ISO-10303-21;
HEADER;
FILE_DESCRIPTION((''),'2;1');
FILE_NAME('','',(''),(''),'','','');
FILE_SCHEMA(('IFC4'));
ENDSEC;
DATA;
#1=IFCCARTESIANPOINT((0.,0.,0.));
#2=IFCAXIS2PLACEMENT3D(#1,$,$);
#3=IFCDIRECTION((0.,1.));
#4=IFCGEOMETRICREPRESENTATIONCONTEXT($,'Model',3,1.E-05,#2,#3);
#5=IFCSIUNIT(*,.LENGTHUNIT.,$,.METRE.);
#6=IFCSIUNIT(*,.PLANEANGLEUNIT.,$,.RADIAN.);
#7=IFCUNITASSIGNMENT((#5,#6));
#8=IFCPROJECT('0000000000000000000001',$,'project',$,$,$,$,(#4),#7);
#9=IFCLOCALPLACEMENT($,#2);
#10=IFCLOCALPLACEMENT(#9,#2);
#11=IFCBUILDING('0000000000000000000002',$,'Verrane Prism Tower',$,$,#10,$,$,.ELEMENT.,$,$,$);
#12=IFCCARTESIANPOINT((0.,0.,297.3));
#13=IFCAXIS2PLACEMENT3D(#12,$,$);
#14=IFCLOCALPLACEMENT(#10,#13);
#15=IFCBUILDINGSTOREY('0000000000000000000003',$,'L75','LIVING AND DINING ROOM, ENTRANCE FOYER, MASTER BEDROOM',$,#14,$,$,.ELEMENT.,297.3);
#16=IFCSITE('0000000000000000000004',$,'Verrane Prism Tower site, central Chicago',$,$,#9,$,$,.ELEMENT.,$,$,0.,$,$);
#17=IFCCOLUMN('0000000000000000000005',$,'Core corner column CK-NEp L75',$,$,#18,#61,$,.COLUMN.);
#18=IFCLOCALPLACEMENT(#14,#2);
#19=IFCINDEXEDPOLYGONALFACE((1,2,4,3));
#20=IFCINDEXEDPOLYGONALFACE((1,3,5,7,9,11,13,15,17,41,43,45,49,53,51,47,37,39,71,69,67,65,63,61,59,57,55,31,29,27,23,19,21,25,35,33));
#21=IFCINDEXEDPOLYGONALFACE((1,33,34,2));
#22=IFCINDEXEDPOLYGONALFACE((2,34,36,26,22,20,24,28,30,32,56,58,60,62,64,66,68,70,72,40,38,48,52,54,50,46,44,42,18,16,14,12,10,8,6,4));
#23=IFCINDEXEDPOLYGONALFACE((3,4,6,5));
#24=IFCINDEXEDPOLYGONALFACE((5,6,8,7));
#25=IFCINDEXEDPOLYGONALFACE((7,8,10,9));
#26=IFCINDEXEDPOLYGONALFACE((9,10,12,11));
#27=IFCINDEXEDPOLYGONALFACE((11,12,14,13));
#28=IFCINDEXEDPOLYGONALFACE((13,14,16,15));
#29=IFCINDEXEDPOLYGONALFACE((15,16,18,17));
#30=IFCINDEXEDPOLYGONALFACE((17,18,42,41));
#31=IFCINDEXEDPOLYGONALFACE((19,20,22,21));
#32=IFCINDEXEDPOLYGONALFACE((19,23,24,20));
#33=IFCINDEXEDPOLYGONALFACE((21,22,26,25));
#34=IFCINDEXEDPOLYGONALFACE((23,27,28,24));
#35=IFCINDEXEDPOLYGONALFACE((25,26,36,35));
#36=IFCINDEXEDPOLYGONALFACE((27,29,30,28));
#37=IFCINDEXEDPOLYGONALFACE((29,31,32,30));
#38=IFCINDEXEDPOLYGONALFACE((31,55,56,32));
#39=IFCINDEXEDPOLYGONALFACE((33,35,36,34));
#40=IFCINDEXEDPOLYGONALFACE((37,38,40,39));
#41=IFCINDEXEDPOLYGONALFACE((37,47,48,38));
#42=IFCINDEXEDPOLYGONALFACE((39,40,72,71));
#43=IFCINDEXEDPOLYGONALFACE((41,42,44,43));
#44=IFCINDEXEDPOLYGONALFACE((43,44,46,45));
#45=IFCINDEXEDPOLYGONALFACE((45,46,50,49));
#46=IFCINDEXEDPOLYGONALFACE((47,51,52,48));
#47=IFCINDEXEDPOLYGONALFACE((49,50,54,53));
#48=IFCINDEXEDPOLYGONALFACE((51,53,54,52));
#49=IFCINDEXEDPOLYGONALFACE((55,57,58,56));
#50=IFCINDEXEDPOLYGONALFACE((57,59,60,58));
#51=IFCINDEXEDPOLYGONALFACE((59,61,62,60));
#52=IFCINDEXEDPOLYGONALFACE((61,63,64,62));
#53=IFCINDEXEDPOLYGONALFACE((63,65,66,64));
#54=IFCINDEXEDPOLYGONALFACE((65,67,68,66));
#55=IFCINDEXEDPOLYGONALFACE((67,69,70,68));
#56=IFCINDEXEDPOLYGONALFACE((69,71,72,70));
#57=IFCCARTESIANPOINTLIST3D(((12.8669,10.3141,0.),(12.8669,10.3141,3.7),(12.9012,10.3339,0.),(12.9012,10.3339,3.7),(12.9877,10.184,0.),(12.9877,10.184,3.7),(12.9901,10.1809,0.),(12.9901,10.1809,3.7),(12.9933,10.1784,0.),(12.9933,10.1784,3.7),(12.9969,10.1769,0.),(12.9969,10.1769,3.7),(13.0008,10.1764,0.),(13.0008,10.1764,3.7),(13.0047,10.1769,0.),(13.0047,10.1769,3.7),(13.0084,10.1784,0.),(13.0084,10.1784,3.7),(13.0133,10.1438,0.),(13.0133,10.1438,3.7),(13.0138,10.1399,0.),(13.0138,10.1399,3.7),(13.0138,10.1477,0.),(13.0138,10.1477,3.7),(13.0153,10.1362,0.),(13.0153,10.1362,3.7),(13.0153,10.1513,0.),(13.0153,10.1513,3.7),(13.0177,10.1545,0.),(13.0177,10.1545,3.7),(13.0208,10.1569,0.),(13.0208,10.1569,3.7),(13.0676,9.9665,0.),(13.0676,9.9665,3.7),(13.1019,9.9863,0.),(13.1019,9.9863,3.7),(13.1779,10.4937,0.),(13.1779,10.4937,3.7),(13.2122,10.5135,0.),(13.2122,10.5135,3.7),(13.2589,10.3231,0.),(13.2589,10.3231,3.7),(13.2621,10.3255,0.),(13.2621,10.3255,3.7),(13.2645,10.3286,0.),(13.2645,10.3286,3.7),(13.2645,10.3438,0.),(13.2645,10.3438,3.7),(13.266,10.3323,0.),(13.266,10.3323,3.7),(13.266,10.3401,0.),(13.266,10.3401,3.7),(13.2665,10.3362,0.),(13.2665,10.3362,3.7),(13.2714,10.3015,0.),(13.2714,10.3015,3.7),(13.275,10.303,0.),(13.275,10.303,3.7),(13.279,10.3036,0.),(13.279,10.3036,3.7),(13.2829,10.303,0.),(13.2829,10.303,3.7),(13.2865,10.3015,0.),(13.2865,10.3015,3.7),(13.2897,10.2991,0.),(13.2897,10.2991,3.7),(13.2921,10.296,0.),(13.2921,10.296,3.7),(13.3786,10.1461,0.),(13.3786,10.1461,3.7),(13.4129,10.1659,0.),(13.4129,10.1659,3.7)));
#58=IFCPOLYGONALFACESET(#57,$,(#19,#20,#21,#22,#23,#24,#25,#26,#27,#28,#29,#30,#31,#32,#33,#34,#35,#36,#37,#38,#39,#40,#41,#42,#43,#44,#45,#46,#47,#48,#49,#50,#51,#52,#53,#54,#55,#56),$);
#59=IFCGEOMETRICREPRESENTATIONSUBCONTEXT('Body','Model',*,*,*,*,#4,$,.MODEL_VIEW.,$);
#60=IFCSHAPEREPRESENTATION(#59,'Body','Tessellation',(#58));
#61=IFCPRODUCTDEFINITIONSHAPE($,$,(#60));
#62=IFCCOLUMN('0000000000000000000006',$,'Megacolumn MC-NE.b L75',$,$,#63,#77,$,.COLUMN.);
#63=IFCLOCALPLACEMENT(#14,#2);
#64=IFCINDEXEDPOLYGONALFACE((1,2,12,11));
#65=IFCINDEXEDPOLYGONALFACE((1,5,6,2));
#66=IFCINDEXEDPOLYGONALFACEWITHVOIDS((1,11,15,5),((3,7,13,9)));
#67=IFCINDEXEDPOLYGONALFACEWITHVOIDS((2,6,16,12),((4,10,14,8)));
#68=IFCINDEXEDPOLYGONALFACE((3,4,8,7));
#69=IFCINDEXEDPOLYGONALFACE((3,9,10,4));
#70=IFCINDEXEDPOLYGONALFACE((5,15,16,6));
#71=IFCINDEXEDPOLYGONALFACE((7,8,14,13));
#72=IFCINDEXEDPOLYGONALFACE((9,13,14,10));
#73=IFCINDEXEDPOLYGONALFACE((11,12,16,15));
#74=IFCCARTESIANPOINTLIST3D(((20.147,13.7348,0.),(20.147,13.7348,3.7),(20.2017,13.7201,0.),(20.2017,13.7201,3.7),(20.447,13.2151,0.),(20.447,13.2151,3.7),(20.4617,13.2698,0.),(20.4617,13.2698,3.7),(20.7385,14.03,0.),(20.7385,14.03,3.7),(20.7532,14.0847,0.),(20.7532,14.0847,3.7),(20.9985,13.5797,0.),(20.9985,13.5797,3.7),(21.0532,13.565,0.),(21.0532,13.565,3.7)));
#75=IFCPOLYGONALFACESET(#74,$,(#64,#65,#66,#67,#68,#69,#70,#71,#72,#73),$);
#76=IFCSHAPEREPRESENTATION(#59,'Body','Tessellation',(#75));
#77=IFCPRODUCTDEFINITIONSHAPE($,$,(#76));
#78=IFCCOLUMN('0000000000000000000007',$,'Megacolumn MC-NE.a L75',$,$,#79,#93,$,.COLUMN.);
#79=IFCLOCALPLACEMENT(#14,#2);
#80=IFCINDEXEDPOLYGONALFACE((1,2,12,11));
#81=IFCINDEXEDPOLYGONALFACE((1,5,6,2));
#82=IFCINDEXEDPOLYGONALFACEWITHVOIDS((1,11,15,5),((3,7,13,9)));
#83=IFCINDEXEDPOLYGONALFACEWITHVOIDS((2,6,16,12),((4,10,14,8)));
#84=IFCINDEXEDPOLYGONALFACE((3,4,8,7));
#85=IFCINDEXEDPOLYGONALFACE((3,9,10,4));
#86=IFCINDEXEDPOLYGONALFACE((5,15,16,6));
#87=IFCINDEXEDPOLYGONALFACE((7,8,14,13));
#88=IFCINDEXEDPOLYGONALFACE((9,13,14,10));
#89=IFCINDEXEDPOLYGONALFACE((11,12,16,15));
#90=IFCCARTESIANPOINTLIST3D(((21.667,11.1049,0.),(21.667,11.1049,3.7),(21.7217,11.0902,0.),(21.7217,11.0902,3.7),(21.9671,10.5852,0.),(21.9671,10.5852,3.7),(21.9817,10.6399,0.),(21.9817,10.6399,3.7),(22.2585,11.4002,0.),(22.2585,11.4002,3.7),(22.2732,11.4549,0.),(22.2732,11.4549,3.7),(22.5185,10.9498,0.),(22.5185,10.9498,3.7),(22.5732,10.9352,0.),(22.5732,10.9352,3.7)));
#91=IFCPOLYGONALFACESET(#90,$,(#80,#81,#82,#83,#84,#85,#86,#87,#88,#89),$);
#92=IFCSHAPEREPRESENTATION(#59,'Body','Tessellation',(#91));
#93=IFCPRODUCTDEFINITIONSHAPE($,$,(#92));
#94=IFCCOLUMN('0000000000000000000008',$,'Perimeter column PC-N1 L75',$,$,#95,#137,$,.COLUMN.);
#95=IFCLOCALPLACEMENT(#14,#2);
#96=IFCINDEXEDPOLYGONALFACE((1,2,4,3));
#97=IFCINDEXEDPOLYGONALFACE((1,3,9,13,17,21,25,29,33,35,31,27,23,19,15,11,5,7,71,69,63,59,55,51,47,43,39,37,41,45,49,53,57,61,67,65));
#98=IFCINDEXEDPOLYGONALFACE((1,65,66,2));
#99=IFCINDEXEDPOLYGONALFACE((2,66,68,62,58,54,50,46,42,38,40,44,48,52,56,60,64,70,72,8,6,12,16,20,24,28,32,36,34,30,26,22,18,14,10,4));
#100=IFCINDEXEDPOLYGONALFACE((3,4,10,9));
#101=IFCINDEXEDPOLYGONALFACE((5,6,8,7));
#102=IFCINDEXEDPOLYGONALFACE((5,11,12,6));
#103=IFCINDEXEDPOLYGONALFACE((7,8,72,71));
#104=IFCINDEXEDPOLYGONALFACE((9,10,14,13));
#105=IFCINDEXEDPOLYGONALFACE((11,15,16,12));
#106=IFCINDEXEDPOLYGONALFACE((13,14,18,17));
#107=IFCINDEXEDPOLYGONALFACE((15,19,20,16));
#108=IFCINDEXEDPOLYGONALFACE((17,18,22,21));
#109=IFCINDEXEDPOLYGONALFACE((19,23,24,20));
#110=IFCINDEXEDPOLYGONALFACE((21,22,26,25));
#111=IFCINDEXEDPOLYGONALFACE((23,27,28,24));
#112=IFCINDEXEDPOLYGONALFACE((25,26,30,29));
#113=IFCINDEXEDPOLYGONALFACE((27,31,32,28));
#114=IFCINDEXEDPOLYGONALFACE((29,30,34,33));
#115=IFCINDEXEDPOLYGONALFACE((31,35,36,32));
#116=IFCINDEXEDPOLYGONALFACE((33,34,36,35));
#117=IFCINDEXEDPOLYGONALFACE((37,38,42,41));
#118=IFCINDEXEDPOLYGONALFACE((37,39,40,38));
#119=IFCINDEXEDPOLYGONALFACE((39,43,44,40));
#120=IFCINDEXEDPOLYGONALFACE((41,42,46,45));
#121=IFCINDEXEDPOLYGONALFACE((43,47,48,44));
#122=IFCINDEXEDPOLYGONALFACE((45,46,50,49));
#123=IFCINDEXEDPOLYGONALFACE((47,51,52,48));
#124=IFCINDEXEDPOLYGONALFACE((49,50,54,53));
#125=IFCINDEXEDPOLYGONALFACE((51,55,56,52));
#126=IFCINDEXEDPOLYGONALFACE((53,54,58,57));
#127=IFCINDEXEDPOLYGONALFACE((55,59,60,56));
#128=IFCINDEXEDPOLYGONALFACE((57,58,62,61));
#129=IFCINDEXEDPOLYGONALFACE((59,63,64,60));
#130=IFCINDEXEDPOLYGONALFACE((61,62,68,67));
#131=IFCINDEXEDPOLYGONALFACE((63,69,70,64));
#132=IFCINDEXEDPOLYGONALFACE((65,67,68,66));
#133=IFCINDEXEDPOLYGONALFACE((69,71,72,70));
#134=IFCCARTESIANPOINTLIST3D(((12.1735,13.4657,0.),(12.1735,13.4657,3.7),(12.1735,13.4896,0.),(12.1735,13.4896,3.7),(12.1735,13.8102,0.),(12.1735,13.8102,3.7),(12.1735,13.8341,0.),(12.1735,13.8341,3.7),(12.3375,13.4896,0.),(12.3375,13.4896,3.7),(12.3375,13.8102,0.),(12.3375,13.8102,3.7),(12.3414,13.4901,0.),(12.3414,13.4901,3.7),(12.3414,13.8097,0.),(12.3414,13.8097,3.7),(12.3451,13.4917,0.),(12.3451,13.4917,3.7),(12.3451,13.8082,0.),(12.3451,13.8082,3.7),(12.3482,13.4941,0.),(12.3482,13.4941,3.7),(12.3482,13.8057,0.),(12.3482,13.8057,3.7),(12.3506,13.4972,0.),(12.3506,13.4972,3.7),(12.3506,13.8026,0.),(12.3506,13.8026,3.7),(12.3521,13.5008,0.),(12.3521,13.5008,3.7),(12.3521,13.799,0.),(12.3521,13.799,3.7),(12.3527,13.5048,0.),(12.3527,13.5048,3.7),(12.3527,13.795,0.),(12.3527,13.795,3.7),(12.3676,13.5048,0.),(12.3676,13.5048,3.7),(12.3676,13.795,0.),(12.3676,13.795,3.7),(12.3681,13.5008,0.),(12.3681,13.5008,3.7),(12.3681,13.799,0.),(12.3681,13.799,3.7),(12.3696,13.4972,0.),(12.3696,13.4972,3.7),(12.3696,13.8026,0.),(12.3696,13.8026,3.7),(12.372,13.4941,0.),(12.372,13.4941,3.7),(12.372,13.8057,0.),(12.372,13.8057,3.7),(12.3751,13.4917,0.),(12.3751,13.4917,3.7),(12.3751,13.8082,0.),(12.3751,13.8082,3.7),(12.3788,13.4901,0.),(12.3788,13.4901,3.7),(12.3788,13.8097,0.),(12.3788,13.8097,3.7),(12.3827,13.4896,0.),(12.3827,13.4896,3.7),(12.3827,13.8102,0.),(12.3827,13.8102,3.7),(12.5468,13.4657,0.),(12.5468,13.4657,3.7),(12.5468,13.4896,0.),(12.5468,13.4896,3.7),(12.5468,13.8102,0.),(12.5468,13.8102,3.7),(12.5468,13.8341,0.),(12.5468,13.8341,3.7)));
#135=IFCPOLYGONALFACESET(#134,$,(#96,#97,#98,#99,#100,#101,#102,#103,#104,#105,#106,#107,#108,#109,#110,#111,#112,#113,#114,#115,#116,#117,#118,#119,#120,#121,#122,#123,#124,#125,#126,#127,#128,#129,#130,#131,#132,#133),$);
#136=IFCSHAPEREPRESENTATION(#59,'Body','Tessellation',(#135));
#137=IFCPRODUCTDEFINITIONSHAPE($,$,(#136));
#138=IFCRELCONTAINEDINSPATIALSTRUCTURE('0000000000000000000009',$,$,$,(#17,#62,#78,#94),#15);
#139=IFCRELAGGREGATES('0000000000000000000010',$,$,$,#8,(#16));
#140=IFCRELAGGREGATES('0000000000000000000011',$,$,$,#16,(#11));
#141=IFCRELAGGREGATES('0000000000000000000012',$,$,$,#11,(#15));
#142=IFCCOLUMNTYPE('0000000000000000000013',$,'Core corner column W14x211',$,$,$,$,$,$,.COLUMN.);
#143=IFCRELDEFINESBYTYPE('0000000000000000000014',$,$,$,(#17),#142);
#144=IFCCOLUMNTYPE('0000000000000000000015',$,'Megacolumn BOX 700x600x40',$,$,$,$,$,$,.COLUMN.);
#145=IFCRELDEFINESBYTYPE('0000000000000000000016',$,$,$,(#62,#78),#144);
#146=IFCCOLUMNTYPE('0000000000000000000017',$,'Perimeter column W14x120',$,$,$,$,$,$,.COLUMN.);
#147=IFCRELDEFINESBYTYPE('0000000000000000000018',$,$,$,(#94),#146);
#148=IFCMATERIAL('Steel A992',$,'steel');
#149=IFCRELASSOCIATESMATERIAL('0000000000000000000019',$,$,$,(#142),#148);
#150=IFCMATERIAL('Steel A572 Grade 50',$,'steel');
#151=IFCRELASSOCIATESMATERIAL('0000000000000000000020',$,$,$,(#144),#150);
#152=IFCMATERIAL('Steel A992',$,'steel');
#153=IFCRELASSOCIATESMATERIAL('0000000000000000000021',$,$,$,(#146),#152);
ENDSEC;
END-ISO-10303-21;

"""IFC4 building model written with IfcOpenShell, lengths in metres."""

from ifc_helpers import new_model, si_unit, direction, frame, origin, origin_2d, place, context, subcontext, project, spatial, hollow_rectangle, i_section, extrude, material, material_profile, profile_set, type_object, element, save


model = new_model("IFC4")

# Units and contexts
model_context = context("Model", 3, precision=1e-05, world=origin(), true_north=direction((0.0, 1.0)))
body_context = subcontext(model_context, "Body", "Model", "MODEL_VIEW")
ifc_project = project(units=[si_unit("LENGTHUNIT", "METRE"), si_unit("PLANEANGLEUNIT", "RADIAN")], contexts=[model_context])

# Site, building, storey
site_placement = place(None, origin())
site = spatial("IfcSite", under=ifc_project, at=site_placement, Name="Verrane Prism Tower site, central Chicago", CompositionType="ELEMENT", RefElevation=0.0)
building_placement = place(site_placement, origin())
building = spatial("IfcBuilding", under=site, at=building_placement, Name="Verrane Prism Tower", CompositionType="ELEMENT")
storey_placement = place(building_placement, frame((0.0, 0.0, 297.3)))
storey = spatial("IfcBuildingStorey", under=building, at=storey_placement, Name="L75", Description="LIVING AND DINING ROOM, ENTRANCE FOYER, MASTER BEDROOM", CompositionType="ELEMENT", Elevation=297.3)

# Columns
ifc_material_1 = material(Name="Steel A992", Category="steel")
ifc_material_profile_1 = material_profile(ifc_material_1, i_section(OverallWidth=0.4014, OverallDepth=0.3987, WebThickness=0.0249, FlangeThickness=0.0396, FilletRadius=0.0151, at=origin_2d()), Name="W14x211")
ifc_profile_set_1 = profile_set([ifc_material_profile_1], Name="Steel A992")
column_type_1 = type_object("IfcColumnType", Name="Core corner column W14x211", PredefinedType="COLUMN", material=ifc_profile_set_1)
column_1_placement = place(storey_placement, frame((13.1399, 10.24, 0.0), z_axis=(0.0, 0.0, 1.0), x_axis=(0.5, -0.866025, 0.0)))
element("IfcColumn", 1, at=column_1_placement, inside=storey, type_object=column_type_1, Name="Core corner column CK-NEp L75", PredefinedType="COLUMN", context=body_context, shape_type="SweptSolid", body=[
    extrude(i_section(OverallWidth=0.4014, OverallDepth=0.3987, WebThickness=0.0249, FlangeThickness=0.0396, FilletRadius=0.0151, at=origin_2d()), origin(), (0.0, 0.0, 1.0), 3.7),
])
ifc_material_2 = material(Name="Steel A572 Grade 50", Category="steel")
ifc_material_profile_2 = material_profile(ifc_material_2, hollow_rectangle(XDim=0.6001, YDim=0.7, WallThickness=0.04, at=origin_2d()), Name="BOX 700x600x40")
ifc_profile_set_2 = profile_set([ifc_material_profile_2], Name="Steel A572 Grade 50")
column_type_2 = type_object("IfcColumnType", Name="Megacolumn BOX 700x600x40", PredefinedType="COLUMN", material=ifc_profile_set_2)
for number, where, z_axis, x_axis, name in (
    (2, (20.6001, 13.6499, 0.0), (0.0, 0.0, 1.0), (0.5, -0.866025, 0.0), "Megacolumn MC-NE.b L75"),
    (3, (22.1201, 11.02, 0.0), (0.0, 0.0, 1.0), (0.5, -0.866025, 0.0), "Megacolumn MC-NE.a L75"),
):
    element("IfcColumn", number, at=place(storey_placement, frame(where, z_axis=z_axis, x_axis=x_axis)), inside=storey, type_object=column_type_2, Name=name, PredefinedType="COLUMN", context=body_context, shape_type="SweptSolid", body=[
        extrude(hollow_rectangle(XDim=0.6001, YDim=0.7, WallThickness=0.04, at=origin_2d()), origin(), (0.0, 0.0, 1.0), 3.7),
    ])
ifc_material_3 = material(Name="Steel A992", Category="steel")
ifc_material_profile_3 = material_profile(ifc_material_3, i_section(OverallWidth=0.3733, OverallDepth=0.3684, WebThickness=0.0149, FlangeThickness=0.0239, FilletRadius=0.0151, at=origin_2d()), Name="W14x120")
ifc_profile_set_3 = profile_set([ifc_material_profile_3], Name="Steel A992")
column_type_3 = type_object("IfcColumnType", Name="Perimeter column W14x120", PredefinedType="COLUMN", material=ifc_profile_set_3)
column_2_placement = place(storey_placement, frame((12.3601, 13.6499, 0.0), z_axis=(0.0, 0.0, 1.0), x_axis=(1.0, 0.0, 0.0)))
element("IfcColumn", 4, at=column_2_placement, inside=storey, type_object=column_type_3, Name="Perimeter column PC-N1 L75", PredefinedType="COLUMN", context=body_context, shape_type="SweptSolid", body=[
    extrude(i_section(OverallWidth=0.3733, OverallDepth=0.3684, WebThickness=0.0149, FlangeThickness=0.0239, FilletRadius=0.0151, at=origin_2d()), origin(), (0.0, 0.0, 1.0), 3.7),
])

save(model, "model.ifc")
